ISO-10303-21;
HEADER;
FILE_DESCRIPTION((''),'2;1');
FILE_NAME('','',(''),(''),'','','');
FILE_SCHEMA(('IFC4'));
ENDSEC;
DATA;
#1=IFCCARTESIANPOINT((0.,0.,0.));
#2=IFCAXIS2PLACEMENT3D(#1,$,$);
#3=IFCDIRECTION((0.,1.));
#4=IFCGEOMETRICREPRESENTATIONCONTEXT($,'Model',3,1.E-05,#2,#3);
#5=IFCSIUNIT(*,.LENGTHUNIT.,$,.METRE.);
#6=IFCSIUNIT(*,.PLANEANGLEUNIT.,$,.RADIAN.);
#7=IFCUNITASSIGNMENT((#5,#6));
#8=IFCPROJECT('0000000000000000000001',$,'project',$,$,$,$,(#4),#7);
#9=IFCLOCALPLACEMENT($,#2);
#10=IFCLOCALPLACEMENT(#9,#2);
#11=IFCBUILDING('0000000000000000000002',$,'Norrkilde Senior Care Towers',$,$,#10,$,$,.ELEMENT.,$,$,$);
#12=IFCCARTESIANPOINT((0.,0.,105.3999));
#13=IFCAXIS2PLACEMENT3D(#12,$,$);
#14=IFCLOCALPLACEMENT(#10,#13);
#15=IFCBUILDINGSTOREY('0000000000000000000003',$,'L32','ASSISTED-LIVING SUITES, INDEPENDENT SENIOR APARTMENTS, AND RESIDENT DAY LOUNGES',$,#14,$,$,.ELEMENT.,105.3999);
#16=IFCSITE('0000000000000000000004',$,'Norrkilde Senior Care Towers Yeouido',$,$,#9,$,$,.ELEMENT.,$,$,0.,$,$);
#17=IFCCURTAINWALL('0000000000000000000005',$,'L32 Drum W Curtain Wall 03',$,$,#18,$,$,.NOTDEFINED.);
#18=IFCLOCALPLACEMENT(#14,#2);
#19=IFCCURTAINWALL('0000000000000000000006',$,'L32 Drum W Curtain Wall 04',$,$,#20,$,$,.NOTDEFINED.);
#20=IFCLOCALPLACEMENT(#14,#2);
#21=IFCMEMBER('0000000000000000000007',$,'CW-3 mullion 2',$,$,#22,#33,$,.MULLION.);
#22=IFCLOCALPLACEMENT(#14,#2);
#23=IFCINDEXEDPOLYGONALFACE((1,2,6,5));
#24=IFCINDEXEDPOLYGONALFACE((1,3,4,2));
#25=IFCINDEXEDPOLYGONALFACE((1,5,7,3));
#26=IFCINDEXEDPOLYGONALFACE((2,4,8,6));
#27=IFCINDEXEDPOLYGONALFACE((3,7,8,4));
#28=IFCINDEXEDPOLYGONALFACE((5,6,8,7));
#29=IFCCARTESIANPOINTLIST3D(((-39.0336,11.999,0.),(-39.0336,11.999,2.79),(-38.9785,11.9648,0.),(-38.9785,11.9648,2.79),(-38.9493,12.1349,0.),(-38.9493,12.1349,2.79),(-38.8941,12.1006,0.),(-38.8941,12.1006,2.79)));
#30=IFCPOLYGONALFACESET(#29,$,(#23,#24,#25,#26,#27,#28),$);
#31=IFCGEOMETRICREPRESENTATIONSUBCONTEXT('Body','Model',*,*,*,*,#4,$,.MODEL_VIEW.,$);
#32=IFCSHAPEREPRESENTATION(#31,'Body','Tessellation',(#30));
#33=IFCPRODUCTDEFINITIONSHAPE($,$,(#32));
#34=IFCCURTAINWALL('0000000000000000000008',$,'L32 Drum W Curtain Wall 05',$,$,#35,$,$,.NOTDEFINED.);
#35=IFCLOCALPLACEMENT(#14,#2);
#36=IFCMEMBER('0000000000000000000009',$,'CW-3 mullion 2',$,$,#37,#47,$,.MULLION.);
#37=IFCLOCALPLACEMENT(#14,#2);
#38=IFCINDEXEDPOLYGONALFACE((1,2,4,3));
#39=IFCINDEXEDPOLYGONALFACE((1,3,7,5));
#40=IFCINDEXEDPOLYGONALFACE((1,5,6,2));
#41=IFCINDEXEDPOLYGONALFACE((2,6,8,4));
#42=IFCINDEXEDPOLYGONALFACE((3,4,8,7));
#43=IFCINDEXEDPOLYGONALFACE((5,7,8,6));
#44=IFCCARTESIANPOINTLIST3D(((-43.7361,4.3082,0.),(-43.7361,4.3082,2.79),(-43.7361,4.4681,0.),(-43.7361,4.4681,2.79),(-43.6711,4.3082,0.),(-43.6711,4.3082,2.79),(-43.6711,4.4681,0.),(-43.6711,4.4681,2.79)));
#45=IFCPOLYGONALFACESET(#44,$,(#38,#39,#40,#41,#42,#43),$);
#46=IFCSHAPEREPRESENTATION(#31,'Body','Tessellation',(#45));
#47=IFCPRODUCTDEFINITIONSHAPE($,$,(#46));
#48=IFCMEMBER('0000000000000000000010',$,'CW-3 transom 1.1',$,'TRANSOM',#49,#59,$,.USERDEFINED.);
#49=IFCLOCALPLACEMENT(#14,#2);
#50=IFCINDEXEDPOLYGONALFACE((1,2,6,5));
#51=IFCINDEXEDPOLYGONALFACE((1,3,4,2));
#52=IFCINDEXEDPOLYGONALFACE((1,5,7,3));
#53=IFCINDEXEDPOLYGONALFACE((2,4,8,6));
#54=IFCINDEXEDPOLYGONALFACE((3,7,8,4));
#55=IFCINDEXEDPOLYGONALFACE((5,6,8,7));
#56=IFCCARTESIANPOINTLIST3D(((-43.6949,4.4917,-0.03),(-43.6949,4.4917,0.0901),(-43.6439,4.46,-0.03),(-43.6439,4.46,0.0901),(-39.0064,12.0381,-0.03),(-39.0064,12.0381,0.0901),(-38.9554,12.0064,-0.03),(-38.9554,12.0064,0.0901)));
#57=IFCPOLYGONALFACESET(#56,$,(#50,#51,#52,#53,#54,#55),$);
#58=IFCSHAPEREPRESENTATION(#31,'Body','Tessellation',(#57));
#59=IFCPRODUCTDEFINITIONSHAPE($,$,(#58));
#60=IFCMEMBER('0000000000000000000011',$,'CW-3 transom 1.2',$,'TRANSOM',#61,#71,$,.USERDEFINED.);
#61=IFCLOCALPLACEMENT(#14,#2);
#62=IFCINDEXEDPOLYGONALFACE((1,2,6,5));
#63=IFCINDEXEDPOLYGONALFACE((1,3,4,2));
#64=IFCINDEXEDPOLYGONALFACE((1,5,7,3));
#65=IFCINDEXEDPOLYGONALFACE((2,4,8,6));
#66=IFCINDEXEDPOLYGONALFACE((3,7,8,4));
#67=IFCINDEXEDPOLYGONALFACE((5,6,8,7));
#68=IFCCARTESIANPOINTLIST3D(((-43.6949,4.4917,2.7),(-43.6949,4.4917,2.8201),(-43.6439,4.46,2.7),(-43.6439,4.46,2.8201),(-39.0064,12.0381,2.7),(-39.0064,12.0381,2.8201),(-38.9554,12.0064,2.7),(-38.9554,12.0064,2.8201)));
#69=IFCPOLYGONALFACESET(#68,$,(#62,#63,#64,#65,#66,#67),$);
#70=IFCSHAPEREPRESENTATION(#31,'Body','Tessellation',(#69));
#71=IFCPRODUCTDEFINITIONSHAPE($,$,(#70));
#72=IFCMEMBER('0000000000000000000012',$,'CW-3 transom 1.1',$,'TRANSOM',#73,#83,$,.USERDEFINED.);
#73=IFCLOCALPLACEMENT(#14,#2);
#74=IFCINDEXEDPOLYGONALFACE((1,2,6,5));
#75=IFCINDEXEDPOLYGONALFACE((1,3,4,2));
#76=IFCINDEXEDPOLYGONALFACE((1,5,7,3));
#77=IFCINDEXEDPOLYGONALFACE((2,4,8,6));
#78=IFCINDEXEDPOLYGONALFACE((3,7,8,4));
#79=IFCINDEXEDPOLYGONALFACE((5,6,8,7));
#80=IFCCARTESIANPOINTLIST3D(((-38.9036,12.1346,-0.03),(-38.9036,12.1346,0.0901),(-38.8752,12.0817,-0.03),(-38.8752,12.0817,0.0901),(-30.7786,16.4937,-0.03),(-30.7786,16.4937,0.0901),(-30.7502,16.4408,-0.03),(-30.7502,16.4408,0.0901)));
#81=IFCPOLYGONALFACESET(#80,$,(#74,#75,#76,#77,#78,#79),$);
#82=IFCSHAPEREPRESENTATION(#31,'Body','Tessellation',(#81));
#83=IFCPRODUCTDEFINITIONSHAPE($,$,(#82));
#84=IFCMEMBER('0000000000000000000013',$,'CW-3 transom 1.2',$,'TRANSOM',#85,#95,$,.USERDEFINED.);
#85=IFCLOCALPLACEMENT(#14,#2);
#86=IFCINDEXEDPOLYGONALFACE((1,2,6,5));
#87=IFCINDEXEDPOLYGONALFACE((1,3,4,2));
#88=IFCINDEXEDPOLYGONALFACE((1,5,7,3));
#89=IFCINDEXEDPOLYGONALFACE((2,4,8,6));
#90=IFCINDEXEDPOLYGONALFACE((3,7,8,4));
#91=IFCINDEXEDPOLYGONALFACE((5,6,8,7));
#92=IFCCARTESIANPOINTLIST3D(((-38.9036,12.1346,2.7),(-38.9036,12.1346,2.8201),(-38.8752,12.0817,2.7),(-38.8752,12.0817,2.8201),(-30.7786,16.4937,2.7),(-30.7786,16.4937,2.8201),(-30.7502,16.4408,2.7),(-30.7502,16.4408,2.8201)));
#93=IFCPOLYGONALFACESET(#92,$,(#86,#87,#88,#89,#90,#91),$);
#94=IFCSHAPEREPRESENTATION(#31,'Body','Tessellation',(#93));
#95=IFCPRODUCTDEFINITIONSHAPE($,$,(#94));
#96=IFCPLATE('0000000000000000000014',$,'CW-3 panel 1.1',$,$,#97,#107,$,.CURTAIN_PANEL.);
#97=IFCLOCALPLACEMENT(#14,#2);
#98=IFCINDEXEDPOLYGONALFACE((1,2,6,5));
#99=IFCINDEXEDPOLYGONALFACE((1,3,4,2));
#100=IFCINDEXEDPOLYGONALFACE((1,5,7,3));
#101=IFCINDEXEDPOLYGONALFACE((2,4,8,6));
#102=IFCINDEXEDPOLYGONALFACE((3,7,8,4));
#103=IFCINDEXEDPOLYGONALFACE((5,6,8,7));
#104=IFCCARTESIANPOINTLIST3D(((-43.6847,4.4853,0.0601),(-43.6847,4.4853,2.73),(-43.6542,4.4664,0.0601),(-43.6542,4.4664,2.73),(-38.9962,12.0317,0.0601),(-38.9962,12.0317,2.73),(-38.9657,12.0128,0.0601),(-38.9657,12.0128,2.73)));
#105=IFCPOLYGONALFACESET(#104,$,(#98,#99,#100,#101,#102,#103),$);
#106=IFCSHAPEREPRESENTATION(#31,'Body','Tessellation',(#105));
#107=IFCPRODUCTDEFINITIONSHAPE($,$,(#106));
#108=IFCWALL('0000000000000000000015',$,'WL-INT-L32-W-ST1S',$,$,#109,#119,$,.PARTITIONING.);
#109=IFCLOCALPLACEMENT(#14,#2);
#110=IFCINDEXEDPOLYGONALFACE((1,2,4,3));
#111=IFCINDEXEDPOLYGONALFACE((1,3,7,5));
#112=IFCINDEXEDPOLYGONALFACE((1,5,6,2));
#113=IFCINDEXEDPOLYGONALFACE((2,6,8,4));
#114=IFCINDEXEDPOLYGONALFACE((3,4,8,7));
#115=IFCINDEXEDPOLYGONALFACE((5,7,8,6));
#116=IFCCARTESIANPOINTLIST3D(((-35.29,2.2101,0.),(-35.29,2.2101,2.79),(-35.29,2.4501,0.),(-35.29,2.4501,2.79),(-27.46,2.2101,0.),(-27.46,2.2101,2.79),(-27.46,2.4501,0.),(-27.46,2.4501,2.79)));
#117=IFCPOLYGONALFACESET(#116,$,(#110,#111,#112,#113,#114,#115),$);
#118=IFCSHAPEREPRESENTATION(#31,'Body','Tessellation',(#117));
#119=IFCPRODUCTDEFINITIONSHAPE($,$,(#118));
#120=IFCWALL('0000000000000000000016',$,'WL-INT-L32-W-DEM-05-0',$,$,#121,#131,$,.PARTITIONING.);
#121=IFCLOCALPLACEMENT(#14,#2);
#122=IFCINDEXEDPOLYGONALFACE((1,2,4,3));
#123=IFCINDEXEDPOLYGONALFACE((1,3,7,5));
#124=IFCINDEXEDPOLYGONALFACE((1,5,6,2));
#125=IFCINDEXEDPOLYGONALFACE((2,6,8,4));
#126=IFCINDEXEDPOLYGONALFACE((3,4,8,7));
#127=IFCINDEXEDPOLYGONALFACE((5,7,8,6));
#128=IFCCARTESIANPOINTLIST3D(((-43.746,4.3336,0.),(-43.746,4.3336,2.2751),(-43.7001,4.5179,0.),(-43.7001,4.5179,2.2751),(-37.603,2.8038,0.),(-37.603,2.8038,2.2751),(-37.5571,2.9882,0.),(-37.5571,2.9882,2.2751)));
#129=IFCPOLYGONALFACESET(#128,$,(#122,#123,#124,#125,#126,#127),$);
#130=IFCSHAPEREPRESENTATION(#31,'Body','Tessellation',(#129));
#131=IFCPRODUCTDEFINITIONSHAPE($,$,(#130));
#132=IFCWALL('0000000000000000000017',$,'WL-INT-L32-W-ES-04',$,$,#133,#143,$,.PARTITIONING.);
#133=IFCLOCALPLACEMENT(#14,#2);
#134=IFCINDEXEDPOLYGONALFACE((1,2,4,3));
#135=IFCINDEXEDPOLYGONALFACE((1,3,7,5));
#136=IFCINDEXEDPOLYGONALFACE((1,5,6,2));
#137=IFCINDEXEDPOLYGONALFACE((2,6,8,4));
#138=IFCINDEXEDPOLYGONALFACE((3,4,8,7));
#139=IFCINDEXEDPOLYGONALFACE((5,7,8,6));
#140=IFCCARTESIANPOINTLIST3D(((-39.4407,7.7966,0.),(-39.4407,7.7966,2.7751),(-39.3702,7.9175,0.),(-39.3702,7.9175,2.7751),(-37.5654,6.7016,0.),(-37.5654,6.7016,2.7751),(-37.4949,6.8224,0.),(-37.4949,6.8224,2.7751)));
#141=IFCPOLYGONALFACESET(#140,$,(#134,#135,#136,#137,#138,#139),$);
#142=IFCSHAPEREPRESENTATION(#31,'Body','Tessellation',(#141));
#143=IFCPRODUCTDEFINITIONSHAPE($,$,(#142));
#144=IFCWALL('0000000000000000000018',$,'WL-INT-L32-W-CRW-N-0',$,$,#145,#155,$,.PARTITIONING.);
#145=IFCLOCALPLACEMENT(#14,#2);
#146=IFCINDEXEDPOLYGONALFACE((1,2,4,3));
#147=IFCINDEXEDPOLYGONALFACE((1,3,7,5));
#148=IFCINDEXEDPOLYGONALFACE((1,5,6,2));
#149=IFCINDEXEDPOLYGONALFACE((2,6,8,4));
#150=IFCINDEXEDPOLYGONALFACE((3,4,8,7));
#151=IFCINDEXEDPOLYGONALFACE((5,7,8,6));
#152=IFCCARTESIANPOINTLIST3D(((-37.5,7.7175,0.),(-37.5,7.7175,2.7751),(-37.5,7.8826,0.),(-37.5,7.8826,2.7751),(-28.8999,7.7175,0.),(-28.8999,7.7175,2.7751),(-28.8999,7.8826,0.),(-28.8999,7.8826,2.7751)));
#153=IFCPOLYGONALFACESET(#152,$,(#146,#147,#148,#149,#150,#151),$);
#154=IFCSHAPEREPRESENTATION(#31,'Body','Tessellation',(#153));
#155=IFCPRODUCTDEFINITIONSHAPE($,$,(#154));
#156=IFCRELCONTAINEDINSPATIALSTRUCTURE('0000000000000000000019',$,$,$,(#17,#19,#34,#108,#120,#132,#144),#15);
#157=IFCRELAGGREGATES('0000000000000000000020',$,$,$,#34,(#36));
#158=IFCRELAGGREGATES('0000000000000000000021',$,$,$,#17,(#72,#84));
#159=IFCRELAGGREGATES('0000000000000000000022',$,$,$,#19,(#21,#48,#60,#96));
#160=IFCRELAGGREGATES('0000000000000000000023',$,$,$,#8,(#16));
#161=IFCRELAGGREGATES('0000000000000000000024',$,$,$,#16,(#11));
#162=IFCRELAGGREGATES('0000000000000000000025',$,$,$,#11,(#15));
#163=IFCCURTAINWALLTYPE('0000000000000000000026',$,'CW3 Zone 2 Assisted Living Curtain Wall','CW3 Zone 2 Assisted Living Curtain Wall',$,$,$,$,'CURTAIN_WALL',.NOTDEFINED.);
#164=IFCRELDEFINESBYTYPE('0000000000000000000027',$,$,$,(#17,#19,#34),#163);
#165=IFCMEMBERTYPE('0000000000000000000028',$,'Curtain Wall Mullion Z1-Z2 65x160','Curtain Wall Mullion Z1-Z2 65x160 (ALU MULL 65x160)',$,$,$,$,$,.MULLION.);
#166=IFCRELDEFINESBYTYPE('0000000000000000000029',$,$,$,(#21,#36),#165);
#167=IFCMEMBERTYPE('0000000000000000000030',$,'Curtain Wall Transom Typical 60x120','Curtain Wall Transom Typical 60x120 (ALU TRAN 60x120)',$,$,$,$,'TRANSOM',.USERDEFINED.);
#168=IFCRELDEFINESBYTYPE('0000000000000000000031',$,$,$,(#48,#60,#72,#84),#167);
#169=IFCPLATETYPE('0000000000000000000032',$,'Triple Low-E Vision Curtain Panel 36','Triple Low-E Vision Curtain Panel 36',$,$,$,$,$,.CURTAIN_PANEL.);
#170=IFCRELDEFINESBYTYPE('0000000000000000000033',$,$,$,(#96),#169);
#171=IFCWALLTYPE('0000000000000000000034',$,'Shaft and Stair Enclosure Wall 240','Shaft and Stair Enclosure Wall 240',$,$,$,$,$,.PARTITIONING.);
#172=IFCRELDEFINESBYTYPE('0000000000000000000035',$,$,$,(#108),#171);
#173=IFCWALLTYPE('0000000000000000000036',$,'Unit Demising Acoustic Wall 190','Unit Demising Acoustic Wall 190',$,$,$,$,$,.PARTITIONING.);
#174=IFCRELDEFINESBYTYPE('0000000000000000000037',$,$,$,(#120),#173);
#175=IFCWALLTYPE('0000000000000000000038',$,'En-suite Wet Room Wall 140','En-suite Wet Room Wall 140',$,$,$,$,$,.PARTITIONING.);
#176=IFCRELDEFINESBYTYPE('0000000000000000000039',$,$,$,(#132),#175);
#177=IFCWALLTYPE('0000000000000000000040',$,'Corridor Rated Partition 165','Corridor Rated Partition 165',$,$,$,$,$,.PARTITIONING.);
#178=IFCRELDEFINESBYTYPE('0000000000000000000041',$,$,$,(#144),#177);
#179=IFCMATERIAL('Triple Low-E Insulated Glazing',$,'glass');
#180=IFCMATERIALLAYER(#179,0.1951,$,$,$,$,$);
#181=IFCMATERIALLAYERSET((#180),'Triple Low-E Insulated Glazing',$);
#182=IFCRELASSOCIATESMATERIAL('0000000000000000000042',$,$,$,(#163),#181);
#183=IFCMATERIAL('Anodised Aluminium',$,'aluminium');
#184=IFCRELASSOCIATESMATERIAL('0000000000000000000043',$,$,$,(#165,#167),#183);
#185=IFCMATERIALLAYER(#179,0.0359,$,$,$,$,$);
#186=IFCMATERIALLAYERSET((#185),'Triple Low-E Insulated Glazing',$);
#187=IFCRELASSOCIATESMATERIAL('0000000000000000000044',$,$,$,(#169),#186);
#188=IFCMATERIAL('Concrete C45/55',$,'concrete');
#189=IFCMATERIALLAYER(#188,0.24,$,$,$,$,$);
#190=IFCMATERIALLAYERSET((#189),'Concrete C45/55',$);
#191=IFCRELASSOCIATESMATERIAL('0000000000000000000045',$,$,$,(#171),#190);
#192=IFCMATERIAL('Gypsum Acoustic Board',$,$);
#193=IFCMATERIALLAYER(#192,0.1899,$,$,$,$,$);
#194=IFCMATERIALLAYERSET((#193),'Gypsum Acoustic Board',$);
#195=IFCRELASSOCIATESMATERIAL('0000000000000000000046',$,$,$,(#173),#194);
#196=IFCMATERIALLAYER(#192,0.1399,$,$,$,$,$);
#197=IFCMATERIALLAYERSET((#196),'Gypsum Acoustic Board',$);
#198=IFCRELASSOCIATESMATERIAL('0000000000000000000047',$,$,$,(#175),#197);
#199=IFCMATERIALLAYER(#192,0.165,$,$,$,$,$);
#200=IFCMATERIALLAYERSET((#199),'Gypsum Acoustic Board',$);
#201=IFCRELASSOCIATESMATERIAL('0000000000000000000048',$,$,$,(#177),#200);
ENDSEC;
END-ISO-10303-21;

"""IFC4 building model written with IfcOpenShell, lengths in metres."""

from ifc_helpers import new_model, si_unit, direction, frame, frame_2d, origin, origin_2d, place, context, subcontext, project, spatial, rectangle, extrude, source, transform, mapped, material, layer, layer_set, material_profile, profile_set, type_object, type_shapes, element, aggregate, save


model = new_model("IFC4")

# Units and contexts
model_context = context("Model", 3, precision=1e-05, world=origin(), true_north=direction((0.0, 1.0)))
body_context = subcontext(model_context, "Body", "Model", "MODEL_VIEW")
ifc_project = project(units=[si_unit("LENGTHUNIT", "METRE"), si_unit("PLANEANGLEUNIT", "RADIAN")], contexts=[model_context])

# Site, building, storey
site_placement = place(None, origin())
site = spatial("IfcSite", under=ifc_project, at=site_placement, Name="Norrkilde Senior Care Towers Yeouido", CompositionType="ELEMENT", RefElevation=0.0)
building_placement = place(site_placement, origin())
building = spatial("IfcBuilding", under=site, at=building_placement, Name="Norrkilde Senior Care Towers", CompositionType="ELEMENT")
storey_placement = place(building_placement, frame((0.0, 0.0, 105.3999)))
storey = spatial("IfcBuildingStorey", under=building, at=storey_placement, Name="L32", Description="ASSISTED-LIVING SUITES, INDEPENDENT SENIOR APARTMENTS, AND RESIDENT DAY LOUNGES", CompositionType="ELEMENT", Elevation=105.3999)

# Curtain wall
ifc_material_1 = material(Name="Triple Low-E Insulated Glazing", Category="glass")
ifc_layer_1 = layer(ifc_material_1, 0.1951)
ifc_layer_set_1 = layer_set([ifc_layer_1], Name="Triple Low-E Insulated Glazing")
curtain_wall_type = type_object("IfcCurtainWallType", Name="CW3 Zone 2 Assisted Living Curtain Wall", Description="CW3 Zone 2 Assisted Living Curtain Wall", ElementType="CURTAIN_WALL", PredefinedType="NOTDEFINED", material=ifc_layer_set_1)
curtain_wall_1_placement = place(storey_placement, origin())
curtain_wall_1 = element("IfcCurtainWall", 1, at=curtain_wall_1_placement, inside=storey, type_object=curtain_wall_type, Name="L32 Drum W Curtain Wall 03", PredefinedType="NOTDEFINED")
ifc_material_2 = material(Name="Anodised Aluminium", Category="aluminium")
ifc_material_profile_1 = material_profile(ifc_material_2, rectangle(XDim=0.0649, YDim=0.1599, at=origin_2d()), Name="ALU MULL 65x160")
ifc_profile_set_1 = profile_set([ifc_material_profile_1], Name="Anodised Aluminium")
member_type_1 = type_object("IfcMemberType", Name="Curtain Wall Mullion Z1-Z2 65x160", Description="Curtain Wall Mullion Z1-Z2 65x160 (ALU MULL 65x160)", PredefinedType="MULLION", material=ifc_profile_set_1)
shared_shape_1 = source(origin(), body_context, "Body", "SweptSolid", [
    extrude(rectangle(XDim=0.0649, YDim=0.1599, at=origin_2d()), origin(), (0.0, 0.0, 1.0), 2.79),
])
type_shapes(member_type_1, [shared_shape_1])

# Curtain wall, member
curtain_wall_2_placement = place(storey_placement, origin())
curtain_wall_2 = element("IfcCurtainWall", 2, at=curtain_wall_2_placement, inside=storey, type_object=curtain_wall_type, Name="L32 Drum W Curtain Wall 04", PredefinedType="NOTDEFINED")
member_1_placement = place(storey_placement, frame((-38.9639, 12.0498, 0.0), z_axis=(0.0, 0.0, 1.0), x_axis=(-0.84941, 0.527733, 0.0)))
member_1 = element("IfcMember", 3, at=member_1_placement, type_object=member_type_1, Name="CW-3 mullion 2", PredefinedType="MULLION", context=body_context, shape_type="MappedRepresentation", body=[
    mapped(shared_shape_1, transform((0.0, 0.0, 0.0), x_axis=(1.0, 0.0, 0.0), y_axis=(0.0, 1.0, 0.0), z_axis=(0.0, 0.0, 1.0), scale=1.0)),
])

# Curtain wall, member
curtain_wall_3_placement = place(storey_placement, origin())
curtain_wall_3 = element("IfcCurtainWall", 4, at=curtain_wall_3_placement, inside=storey, type_object=curtain_wall_type, Name="L32 Drum W Curtain Wall 05", PredefinedType="NOTDEFINED")
member_2_placement = place(storey_placement, frame((-43.7036, 4.3882, 0.0), z_axis=(0.0, 0.0, 1.0), x_axis=(-1.0, 0.0, 0.0)))
member_2 = element("IfcMember", 5, at=member_2_placement, type_object=member_type_1, Name="CW-3 mullion 2", PredefinedType="MULLION", context=body_context, shape_type="MappedRepresentation", body=[
    mapped(shared_shape_1, transform((0.0, 0.0, 0.0), x_axis=(1.0, 0.0, 0.0), y_axis=(0.0, 1.0, 0.0), z_axis=(0.0, 0.0, 1.0), scale=1.0)),
])
aggregate(curtain_wall_3, [member_2])

# Members
ifc_material_profile_2 = material_profile(ifc_material_2, rectangle(XDim=0.0601, YDim=0.1201, at=origin_2d()), Name="ALU TRAN 60x120")
ifc_profile_set_2 = profile_set([ifc_material_profile_2], Name="Anodised Aluminium")
member_type_2 = type_object("IfcMemberType", Name="Curtain Wall Transom Typical 60x120", Description="Curtain Wall Transom Typical 60x120 (ALU TRAN 60x120)", ElementType="TRANSOM", PredefinedType="USERDEFINED", material=ifc_profile_set_2)
shared_shape_2 = source(origin(), body_context, "Body", "SweptSolid", [
    extrude(rectangle(XDim=0.0601, YDim=0.1201, at=origin_2d()), origin(), (0.0, 0.0, 1.0), 8.8843),
])
member_3_placement = place(storey_placement, frame((-43.6694, 4.4758, 0.03), z_axis=(0.527729, 0.849413, 0.0), x_axis=(-0.849413, 0.527729, 0.0)))
member_3 = element("IfcMember", 6, at=member_3_placement, type_object=member_type_2, Name="CW-3 transom 1.1", ObjectType="TRANSOM", PredefinedType="USERDEFINED", context=body_context, shape_type="MappedRepresentation", body=[
    mapped(shared_shape_2, transform((0.0, 0.0, 0.0), x_axis=(1.0, 0.0, 0.0), y_axis=(0.0, 1.0, 0.0), z_axis=(0.0, 0.0, 1.0), scale=1.0)),
])
member_4_placement = place(storey_placement, frame((-43.6694, 4.4758, 2.76), z_axis=(0.527729, 0.849413, 0.0), x_axis=(-0.849413, 0.527729, 0.0)))
member_4 = element("IfcMember", 7, at=member_4_placement, type_object=member_type_2, Name="CW-3 transom 1.2", ObjectType="TRANSOM", PredefinedType="USERDEFINED", context=body_context, shape_type="MappedRepresentation", body=[
    mapped(shared_shape_2, transform((0.0, 0.0, 0.0), x_axis=(1.0, 0.0, 0.0), y_axis=(0.0, 1.0, 0.0), z_axis=(0.0, 0.0, 1.0), scale=1.0)),
])
shared_shape_3 = source(origin(), body_context, "Body", "SweptSolid", [
    extrude(rectangle(XDim=0.0601, YDim=0.1201, at=origin_2d()), origin(), (0.0, 0.0, 1.0), 9.2205),
])
type_shapes(member_type_2, [shared_shape_2, shared_shape_3])
member_5_placement = place(storey_placement, frame((-38.8894, 12.1082, 0.03), z_axis=(0.881189, 0.472765, 0.0), x_axis=(-0.472765, 0.881189, 0.0)))
member_5 = element("IfcMember", 8, at=member_5_placement, type_object=member_type_2, Name="CW-3 transom 1.1", ObjectType="TRANSOM", PredefinedType="USERDEFINED", context=body_context, shape_type="MappedRepresentation", body=[
    mapped(shared_shape_3, transform((0.0, 0.0, 0.0), x_axis=(1.0, 0.0, 0.0), y_axis=(0.0, 1.0, 0.0), z_axis=(0.0, 0.0, 1.0), scale=1.0)),
])
member_6_placement = place(storey_placement, frame((-38.8894, 12.1082, 2.76), z_axis=(0.881189, 0.472765, 0.0), x_axis=(-0.472765, 0.881189, 0.0)))
member_6 = element("IfcMember", 9, at=member_6_placement, type_object=member_type_2, Name="CW-3 transom 1.2", ObjectType="TRANSOM", PredefinedType="USERDEFINED", context=body_context, shape_type="MappedRepresentation", body=[
    mapped(shared_shape_3, transform((0.0, 0.0, 0.0), x_axis=(1.0, 0.0, 0.0), y_axis=(0.0, 1.0, 0.0), z_axis=(0.0, 0.0, 1.0), scale=1.0)),
])
aggregate(curtain_wall_1, [member_5, member_6])

# Plate
ifc_layer_2 = layer(ifc_material_1, 0.0359)
ifc_layer_set_2 = layer_set([ifc_layer_2], Name="Triple Low-E Insulated Glazing")
plate_type = type_object("IfcPlateType", Name="Triple Low-E Vision Curtain Panel 36", Description="Triple Low-E Vision Curtain Panel 36", PredefinedType="CURTAIN_PANEL", material=ifc_layer_set_2)
shared_shape_4 = source(origin(), body_context, "Body", "SweptSolid", [
    extrude(rectangle(XDim=8.8843, YDim=0.0359, at=origin_2d()), origin(), (0.0, 0.0, 1.0), 2.6699),
])
type_shapes(plate_type, [shared_shape_4])
plate_placement = place(storey_placement, frame((-41.3252, 8.249, 0.0601), z_axis=(0.0, 0.0, 1.0), x_axis=(0.527733, 0.84941, 0.0)))
plate = element("IfcPlate", 10, at=plate_placement, type_object=plate_type, Name="CW-3 panel 1.1", PredefinedType="CURTAIN_PANEL", context=body_context, shape_type="MappedRepresentation", body=[
    mapped(shared_shape_4, transform((0.0, 0.0, 0.0), x_axis=(1.0, 0.0, 0.0), y_axis=(0.0, 1.0, 0.0), z_axis=(0.0, 0.0, 1.0), scale=1.0)),
])
aggregate(curtain_wall_2, [member_1, member_3, member_4, plate])

# Walls
ifc_material_3 = material(Name="Concrete C45/55", Category="concrete")
ifc_layer_3 = layer(ifc_material_3, 0.24)
ifc_layer_set_3 = layer_set([ifc_layer_3], Name="Concrete C45/55")
wall_type_1 = type_object("IfcWallType", Name="Shaft and Stair Enclosure Wall 240", Description="Shaft and Stair Enclosure Wall 240", PredefinedType="PARTITIONING", material=ifc_layer_set_3)
shared_shape_5 = source(origin(), body_context, "Body", "SweptSolid", [
    extrude(rectangle(XDim=7.8301, YDim=0.24, at=frame_2d((3.915, 0.0))), origin(), (0.0, 0.0, 1.0), 2.79),
])
type_shapes(wall_type_1, [shared_shape_5])
wall_1_placement = place(storey_placement, frame((-35.29, 2.3301, 0.0), z_axis=(0.0, 0.0, 1.0), x_axis=(1.0, 0.0, 0.0)))
element("IfcWall", 11, at=wall_1_placement, inside=storey, type_object=wall_type_1, Name="WL-INT-L32-W-ST1S", PredefinedType="PARTITIONING", context=body_context, shape_type="MappedRepresentation", body=[
    mapped(shared_shape_5, transform((0.0, 0.0, 0.0), x_axis=(1.0, 0.0, 0.0), y_axis=(0.0, 1.0, 0.0), z_axis=(0.0, 0.0, 1.0), scale=1.0)),
])
ifc_material_4 = material(Name="Gypsum Acoustic Board")
ifc_layer_4 = layer(ifc_material_4, 0.1899)
ifc_layer_set_4 = layer_set([ifc_layer_4], Name="Gypsum Acoustic Board")
wall_type_2 = type_object("IfcWallType", Name="Unit Demising Acoustic Wall 190", Description="Unit Demising Acoustic Wall 190", PredefinedType="PARTITIONING", material=ifc_layer_set_4)
shared_shape_6 = source(origin(), body_context, "Body", "SweptSolid", [
    extrude(rectangle(XDim=6.3306, YDim=0.1899, at=frame_2d((3.1653, 0.0))), origin(), (0.0, 0.0, 1.0), 2.2751),
])
type_shapes(wall_type_2, [shared_shape_6])
wall_2_placement = place(storey_placement, frame((-37.5801, 2.896, 0.0), z_axis=(0.0, 0.0, 1.0), x_axis=(-0.970364, 0.241646, 0.0)))
element("IfcWall", 12, at=wall_2_placement, inside=storey, type_object=wall_type_2, Name="WL-INT-L32-W-DEM-05-0", PredefinedType="PARTITIONING", context=body_context, shape_type="MappedRepresentation", body=[
    mapped(shared_shape_6, transform((0.0, 0.0, 0.0), x_axis=(1.0, 0.0, 0.0), y_axis=(0.0, 1.0, 0.0), z_axis=(0.0, 0.0, 1.0), scale=1.0)),
])
ifc_layer_5 = layer(ifc_material_4, 0.1399)
ifc_layer_set_5 = layer_set([ifc_layer_5], Name="Gypsum Acoustic Board")
wall_type_3 = type_object("IfcWallType", Name="En-suite Wet Room Wall 140", Description="En-suite Wet Room Wall 140", PredefinedType="PARTITIONING", material=ifc_layer_set_5)
shared_shape_7 = source(origin(), body_context, "Body", "SweptSolid", [
    extrude(rectangle(XDim=2.1716, YDim=0.1399, at=frame_2d((1.0859, 0.0))), origin(), (0.0, 0.0, 1.0), 2.7751),
])
wall_3_placement = place(storey_placement, frame((-37.53, 6.762, 0.0), z_axis=(0.0, 0.0, 1.0), x_axis=(-0.863563, 0.504241, 0.0)))
element("IfcWall", 13, at=wall_3_placement, inside=storey, type_object=wall_type_3, Name="WL-INT-L32-W-ES-04", PredefinedType="PARTITIONING", context=body_context, shape_type="MappedRepresentation", body=[
    mapped(shared_shape_7, transform((0.0, 0.0, 0.0), x_axis=(1.0, 0.0, 0.0), y_axis=(0.0, 1.0, 0.0), z_axis=(0.0, 0.0, 1.0), scale=1.0)),
])
ifc_layer_6 = layer(ifc_material_4, 0.165)
ifc_layer_set_6 = layer_set([ifc_layer_6], Name="Gypsum Acoustic Board")
wall_type_4 = type_object("IfcWallType", Name="Corridor Rated Partition 165", Description="Corridor Rated Partition 165", PredefinedType="PARTITIONING", material=ifc_layer_set_6)
shared_shape_8 = source(origin(), body_context, "Body", "SweptSolid", [
    extrude(rectangle(XDim=8.6001, YDim=0.165, at=frame_2d((4.3, 0.0))), origin(), (0.0, 0.0, 1.0), 2.7751),
])
type_shapes(wall_type_4, [shared_shape_8])
wall_4_placement = place(storey_placement, frame((-37.5, 7.8, 0.0), z_axis=(0.0, 0.0, 1.0), x_axis=(1.0, 0.0, 0.0)))
element("IfcWall", 14, at=wall_4_placement, inside=storey, type_object=wall_type_4, Name="WL-INT-L32-W-CRW-N-0", PredefinedType="PARTITIONING", context=body_context, shape_type="MappedRepresentation", body=[
    mapped(shared_shape_8, transform((0.0, 0.0, 0.0), x_axis=(1.0, 0.0, 0.0), y_axis=(0.0, 1.0, 0.0), z_axis=(0.0, 0.0, 1.0), scale=1.0)),
])

save(model, "model.ifc")
